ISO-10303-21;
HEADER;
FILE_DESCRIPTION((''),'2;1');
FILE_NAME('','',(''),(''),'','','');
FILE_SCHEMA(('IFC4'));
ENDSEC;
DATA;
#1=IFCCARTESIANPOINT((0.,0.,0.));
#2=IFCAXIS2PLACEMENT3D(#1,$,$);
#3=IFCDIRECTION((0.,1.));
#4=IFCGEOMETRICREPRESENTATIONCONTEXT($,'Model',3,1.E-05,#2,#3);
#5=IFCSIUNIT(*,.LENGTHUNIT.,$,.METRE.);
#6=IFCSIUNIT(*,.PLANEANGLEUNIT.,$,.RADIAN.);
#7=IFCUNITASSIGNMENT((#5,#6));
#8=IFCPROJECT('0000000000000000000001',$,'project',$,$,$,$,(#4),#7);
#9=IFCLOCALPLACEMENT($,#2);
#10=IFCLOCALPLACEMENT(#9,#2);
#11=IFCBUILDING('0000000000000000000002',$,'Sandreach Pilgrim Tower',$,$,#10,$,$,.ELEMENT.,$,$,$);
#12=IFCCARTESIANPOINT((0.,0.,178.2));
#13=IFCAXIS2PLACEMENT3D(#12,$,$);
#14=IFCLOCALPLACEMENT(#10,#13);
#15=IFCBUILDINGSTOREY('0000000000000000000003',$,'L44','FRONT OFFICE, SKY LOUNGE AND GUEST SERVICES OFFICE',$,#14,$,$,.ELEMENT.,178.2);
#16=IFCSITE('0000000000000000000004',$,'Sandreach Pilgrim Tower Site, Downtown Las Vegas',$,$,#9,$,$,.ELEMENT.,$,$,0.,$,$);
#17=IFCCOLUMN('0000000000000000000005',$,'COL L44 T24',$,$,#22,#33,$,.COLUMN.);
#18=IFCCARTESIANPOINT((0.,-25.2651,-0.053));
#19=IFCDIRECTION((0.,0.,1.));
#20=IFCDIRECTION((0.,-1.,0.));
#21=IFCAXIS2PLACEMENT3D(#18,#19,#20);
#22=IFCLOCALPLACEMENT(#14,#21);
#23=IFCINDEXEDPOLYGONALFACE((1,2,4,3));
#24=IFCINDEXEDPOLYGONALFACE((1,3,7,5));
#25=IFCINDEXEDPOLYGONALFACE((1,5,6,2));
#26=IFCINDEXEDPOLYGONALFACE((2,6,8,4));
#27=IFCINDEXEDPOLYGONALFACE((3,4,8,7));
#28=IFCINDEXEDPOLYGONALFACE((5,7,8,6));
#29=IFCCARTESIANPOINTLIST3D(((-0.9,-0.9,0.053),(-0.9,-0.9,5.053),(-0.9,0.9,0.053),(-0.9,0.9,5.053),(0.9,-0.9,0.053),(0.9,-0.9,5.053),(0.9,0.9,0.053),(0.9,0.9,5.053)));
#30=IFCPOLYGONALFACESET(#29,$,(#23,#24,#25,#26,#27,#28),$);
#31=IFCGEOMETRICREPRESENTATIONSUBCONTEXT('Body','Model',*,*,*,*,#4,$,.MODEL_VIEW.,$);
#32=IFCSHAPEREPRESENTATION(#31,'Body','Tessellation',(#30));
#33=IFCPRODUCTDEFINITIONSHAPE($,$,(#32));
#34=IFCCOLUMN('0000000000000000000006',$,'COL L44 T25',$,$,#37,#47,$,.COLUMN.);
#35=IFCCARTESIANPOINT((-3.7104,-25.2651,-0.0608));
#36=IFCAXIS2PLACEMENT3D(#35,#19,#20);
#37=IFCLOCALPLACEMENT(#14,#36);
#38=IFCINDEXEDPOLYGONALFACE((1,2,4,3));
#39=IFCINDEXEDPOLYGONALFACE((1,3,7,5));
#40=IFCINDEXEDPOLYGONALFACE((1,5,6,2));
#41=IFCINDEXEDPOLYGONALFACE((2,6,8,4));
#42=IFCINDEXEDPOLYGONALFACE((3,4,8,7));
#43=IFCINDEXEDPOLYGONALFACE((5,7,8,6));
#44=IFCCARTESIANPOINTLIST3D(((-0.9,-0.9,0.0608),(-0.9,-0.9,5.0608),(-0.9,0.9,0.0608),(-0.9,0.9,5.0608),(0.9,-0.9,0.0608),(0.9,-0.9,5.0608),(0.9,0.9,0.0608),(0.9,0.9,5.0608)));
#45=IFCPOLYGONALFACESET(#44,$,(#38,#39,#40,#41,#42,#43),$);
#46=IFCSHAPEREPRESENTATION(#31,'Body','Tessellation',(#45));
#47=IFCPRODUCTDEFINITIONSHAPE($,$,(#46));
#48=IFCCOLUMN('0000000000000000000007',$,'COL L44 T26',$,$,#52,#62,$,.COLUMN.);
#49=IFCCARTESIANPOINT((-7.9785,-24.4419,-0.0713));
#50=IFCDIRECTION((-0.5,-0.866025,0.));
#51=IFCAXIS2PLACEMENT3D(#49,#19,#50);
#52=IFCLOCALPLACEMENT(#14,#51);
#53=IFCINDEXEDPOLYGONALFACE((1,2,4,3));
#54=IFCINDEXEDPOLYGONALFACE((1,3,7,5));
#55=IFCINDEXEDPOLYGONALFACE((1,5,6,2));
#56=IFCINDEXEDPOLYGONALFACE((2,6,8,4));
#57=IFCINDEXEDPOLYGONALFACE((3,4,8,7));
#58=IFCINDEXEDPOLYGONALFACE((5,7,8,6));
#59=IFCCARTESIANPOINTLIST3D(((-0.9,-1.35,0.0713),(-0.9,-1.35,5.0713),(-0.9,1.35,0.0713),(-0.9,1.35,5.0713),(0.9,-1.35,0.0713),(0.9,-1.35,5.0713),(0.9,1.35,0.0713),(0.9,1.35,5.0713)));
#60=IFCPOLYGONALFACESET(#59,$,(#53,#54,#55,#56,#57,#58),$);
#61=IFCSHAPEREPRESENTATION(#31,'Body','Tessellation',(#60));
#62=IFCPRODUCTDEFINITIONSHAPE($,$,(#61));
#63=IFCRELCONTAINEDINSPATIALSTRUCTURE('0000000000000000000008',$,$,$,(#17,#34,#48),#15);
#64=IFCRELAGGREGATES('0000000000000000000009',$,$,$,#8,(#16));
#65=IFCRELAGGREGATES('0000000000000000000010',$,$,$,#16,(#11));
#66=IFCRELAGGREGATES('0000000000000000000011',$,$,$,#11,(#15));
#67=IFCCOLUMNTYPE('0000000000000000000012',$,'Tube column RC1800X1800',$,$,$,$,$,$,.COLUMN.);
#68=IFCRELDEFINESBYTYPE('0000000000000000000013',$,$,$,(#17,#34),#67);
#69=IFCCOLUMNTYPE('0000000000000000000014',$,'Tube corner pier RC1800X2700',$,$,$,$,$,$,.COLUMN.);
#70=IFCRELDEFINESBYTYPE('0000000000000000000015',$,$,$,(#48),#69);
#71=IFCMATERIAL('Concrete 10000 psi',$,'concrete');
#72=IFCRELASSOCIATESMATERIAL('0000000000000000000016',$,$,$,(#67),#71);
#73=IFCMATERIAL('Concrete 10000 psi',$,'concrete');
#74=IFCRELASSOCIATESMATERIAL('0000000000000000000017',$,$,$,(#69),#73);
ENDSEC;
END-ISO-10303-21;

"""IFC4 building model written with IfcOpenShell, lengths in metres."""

from ifc_helpers import new_model, si_unit, direction, frame, origin, origin_2d, place, context, subcontext, project, spatial, rectangle, extrude, clip, halfspace, material, material_profile, profile_set, type_object, element, save


model = new_model("IFC4")

# Units and contexts
model_context = context("Model", 3, precision=1e-05, world=origin(), true_north=direction((0.0, 1.0)))
body_context = subcontext(model_context, "Body", "Model", "MODEL_VIEW")
ifc_project = project(units=[si_unit("LENGTHUNIT", "METRE"), si_unit("PLANEANGLEUNIT", "RADIAN")], contexts=[model_context])

# Site, building, storey
site_placement = place(None, origin())
site = spatial("IfcSite", under=ifc_project, at=site_placement, Name="Sandreach Pilgrim Tower Site, Downtown Las Vegas", CompositionType="ELEMENT", RefElevation=0.0)
building_placement = place(site_placement, origin())
building = spatial("IfcBuilding", under=site, at=building_placement, Name="Sandreach Pilgrim Tower", CompositionType="ELEMENT")
storey_placement = place(building_placement, frame((0.0, 0.0, 178.2)))
storey = spatial("IfcBuildingStorey", under=building, at=storey_placement, Name="L44", Description="FRONT OFFICE, SKY LOUNGE AND GUEST SERVICES OFFICE", CompositionType="ELEMENT", Elevation=178.2)

# Columns
ifc_material_1 = material(Name="Concrete 10000 psi", Category="concrete")
ifc_material_profile_1 = material_profile(ifc_material_1, rectangle(XDim=1.8, YDim=1.8, at=origin_2d()), Name="RC1800X1800")
ifc_profile_set_1 = profile_set([ifc_material_profile_1], Name="Concrete 10000 psi")
column_type_1 = type_object("IfcColumnType", Name="Tube column RC1800X1800", PredefinedType="COLUMN", material=ifc_profile_set_1)
column_1_placement = place(storey_placement, frame((0.0, -25.2651, -0.053), z_axis=(0.0, 0.0, 1.0), x_axis=(0.0, -1.0, 0.0)))
element("IfcColumn", 1, at=column_1_placement, inside=storey, type_object=column_type_1, Name="COL L44 T24", PredefinedType="COLUMN", context=body_context, shape_type="SweptSolid", body=[
    clip(extrude(rectangle(XDim=1.8, YDim=1.8, at=origin_2d()), origin(), (0.0, 0.0, 1.0), 5.053), halfspace(frame((0.0, 0.0, 0.053)), True)),
])
column_2_placement = place(storey_placement, frame((-3.7104, -25.2651, -0.0608), z_axis=(0.0, 0.0, 1.0), x_axis=(0.0, -1.0, 0.0)))
element("IfcColumn", 2, at=column_2_placement, inside=storey, type_object=column_type_1, Name="COL L44 T25", PredefinedType="COLUMN", context=body_context, shape_type="SweptSolid", body=[
    clip(extrude(rectangle(XDim=1.8, YDim=1.8, at=origin_2d()), origin(), (0.0, 0.0, 1.0), 5.0608), halfspace(frame((0.0, 0.0, 0.0608)), True)),
])
ifc_material_2 = material(Name="Concrete 10000 psi", Category="concrete")
ifc_material_profile_2 = material_profile(ifc_material_2, rectangle(XDim=1.8, YDim=2.7, at=origin_2d()), Name="RC1800X2700")
ifc_profile_set_2 = profile_set([ifc_material_profile_2], Name="Concrete 10000 psi")
column_type_2 = type_object("IfcColumnType", Name="Tube corner pier RC1800X2700", PredefinedType="COLUMN", material=ifc_profile_set_2)
column_3_placement = place(storey_placement, frame((-7.9785, -24.4419, -0.0713), z_axis=(0.0, 0.0, 1.0), x_axis=(-0.5, -0.866025, 0.0)))
element("IfcColumn", 3, at=column_3_placement, inside=storey, type_object=column_type_2, Name="COL L44 T26", PredefinedType="COLUMN", context=body_context, shape_type="SweptSolid", body=[
    clip(extrude(rectangle(XDim=1.8, YDim=2.7, at=origin_2d()), origin(), (0.0, 0.0, 1.0), 5.0713), halfspace(frame((0.0, 0.0, 0.0713)), True)),
])

save(model, "model.ifc")
